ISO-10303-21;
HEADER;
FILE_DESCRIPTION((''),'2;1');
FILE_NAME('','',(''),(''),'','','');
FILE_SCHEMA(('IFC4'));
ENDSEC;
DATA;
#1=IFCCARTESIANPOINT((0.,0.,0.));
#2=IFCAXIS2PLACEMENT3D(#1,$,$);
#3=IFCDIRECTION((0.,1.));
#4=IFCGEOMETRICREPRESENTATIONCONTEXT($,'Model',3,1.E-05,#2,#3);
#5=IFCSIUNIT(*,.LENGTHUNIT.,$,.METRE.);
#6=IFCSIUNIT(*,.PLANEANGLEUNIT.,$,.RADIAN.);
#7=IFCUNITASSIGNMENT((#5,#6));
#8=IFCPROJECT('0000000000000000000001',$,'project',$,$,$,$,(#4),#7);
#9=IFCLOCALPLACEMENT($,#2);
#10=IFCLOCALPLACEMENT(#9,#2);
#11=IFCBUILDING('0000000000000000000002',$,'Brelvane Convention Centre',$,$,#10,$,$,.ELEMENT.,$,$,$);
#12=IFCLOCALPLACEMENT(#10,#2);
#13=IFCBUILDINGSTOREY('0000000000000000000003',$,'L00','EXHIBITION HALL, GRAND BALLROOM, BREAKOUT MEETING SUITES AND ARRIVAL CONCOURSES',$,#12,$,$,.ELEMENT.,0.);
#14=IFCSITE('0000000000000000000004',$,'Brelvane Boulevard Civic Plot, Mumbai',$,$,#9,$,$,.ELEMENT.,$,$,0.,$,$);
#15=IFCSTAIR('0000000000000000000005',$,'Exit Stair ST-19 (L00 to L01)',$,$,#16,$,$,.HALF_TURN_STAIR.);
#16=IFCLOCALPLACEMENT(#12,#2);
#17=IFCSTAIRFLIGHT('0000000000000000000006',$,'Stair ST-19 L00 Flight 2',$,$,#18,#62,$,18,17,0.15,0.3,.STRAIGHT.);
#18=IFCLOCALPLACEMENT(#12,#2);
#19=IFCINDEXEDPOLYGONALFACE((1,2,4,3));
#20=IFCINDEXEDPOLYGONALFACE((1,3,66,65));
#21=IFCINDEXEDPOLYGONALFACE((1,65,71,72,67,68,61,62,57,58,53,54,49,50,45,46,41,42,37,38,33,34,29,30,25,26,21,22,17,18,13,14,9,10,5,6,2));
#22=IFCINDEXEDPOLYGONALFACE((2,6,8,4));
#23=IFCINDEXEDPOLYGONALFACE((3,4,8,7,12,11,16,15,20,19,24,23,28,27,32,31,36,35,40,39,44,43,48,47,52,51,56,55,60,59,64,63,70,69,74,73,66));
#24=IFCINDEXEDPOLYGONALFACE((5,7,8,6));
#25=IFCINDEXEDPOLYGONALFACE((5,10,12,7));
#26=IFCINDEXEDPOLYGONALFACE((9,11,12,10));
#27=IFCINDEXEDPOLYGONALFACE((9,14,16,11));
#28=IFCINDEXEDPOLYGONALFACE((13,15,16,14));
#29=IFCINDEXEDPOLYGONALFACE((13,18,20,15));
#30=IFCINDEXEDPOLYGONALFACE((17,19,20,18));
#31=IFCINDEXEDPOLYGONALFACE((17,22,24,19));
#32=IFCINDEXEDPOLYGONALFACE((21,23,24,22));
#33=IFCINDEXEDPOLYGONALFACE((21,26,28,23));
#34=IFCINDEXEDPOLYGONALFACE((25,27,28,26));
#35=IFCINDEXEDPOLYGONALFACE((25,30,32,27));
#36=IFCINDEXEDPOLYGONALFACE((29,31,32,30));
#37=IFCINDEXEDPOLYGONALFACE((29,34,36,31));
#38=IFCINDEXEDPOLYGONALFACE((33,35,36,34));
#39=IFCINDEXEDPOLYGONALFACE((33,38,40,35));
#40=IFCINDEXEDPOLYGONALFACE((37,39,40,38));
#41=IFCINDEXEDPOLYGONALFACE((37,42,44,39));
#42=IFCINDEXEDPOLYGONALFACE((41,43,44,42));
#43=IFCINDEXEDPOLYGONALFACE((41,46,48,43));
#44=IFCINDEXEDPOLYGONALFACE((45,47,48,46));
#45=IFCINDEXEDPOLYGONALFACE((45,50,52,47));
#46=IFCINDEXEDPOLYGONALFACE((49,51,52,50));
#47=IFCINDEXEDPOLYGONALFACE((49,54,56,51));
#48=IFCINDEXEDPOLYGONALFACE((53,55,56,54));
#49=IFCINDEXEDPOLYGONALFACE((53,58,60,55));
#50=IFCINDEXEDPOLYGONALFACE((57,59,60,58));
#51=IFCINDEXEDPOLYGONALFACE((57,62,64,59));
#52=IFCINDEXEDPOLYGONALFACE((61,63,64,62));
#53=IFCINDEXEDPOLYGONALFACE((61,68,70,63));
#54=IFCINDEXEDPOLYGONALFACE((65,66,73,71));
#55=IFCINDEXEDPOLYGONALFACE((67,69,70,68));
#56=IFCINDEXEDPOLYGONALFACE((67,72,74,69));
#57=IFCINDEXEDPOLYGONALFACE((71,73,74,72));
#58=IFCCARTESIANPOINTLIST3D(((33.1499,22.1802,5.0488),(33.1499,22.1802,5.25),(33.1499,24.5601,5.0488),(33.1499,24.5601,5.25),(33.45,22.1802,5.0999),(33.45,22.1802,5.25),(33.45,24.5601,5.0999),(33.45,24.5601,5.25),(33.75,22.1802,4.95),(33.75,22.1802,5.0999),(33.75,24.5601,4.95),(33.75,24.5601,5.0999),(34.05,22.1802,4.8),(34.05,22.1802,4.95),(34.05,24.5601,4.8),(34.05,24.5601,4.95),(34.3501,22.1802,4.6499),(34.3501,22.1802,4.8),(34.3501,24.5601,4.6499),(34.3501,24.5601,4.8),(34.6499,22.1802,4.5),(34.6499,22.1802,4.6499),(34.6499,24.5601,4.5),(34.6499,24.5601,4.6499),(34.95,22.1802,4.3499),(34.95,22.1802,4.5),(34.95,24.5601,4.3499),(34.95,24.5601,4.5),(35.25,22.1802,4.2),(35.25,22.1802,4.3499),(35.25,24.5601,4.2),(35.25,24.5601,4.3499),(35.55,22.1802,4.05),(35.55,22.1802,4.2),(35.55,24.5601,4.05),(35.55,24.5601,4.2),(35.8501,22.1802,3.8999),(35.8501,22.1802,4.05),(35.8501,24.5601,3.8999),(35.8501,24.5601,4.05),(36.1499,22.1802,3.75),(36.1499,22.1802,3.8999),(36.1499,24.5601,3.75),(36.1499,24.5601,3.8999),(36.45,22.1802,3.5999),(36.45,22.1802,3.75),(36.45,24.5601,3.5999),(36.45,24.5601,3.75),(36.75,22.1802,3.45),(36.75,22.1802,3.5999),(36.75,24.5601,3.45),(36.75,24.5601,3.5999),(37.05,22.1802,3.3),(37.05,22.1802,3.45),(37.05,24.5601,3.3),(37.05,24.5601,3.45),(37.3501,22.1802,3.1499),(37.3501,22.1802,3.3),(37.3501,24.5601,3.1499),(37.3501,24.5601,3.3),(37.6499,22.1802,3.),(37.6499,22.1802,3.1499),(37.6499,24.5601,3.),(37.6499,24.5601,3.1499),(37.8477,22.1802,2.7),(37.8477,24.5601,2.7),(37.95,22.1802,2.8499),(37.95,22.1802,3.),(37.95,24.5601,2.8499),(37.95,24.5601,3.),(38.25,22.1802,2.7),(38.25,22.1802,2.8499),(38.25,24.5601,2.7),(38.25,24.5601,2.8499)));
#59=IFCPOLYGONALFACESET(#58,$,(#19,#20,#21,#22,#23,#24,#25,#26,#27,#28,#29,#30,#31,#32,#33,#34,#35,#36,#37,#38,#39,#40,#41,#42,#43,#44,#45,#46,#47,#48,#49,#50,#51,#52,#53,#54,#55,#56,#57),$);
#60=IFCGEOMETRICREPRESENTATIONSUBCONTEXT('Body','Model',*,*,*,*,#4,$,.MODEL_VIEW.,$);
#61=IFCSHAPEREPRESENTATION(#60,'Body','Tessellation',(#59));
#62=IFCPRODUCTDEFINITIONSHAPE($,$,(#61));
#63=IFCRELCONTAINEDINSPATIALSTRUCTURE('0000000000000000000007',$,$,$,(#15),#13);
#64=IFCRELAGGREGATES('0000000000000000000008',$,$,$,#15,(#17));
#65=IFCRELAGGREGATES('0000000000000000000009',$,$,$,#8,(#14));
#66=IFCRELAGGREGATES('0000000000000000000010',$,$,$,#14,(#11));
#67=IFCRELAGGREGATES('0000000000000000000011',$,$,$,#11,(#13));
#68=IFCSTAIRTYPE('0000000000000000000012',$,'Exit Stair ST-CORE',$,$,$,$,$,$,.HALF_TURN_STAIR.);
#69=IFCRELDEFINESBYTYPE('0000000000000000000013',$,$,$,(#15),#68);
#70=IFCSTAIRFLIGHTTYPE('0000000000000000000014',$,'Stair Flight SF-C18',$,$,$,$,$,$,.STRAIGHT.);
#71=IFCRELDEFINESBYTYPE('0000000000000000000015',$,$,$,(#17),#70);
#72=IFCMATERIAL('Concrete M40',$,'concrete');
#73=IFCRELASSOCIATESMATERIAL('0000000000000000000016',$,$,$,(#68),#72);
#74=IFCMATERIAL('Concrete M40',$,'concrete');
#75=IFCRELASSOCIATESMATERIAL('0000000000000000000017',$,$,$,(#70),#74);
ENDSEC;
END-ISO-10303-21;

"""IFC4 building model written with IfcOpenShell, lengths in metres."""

from ifc_helpers import new_model, si_unit, direction, frame, origin, place, context, subcontext, project, spatial, polyline, outline, extrude, material, type_object, element, aggregate, save


model = new_model("IFC4")

# Units and contexts
model_context = context("Model", 3, precision=1e-05, world=origin(), true_north=direction((0.0, 1.0)))
body_context = subcontext(model_context, "Body", "Model", "MODEL_VIEW")
ifc_project = project(units=[si_unit("LENGTHUNIT", "METRE"), si_unit("PLANEANGLEUNIT", "RADIAN")], contexts=[model_context])

# Site, building, storey
site_placement = place(None, origin())
site = spatial("IfcSite", under=ifc_project, at=site_placement, Name="Brelvane Boulevard Civic Plot, Mumbai", CompositionType="ELEMENT", RefElevation=0.0)
building_placement = place(site_placement, origin())
building = spatial("IfcBuilding", under=site, at=building_placement, Name="Brelvane Convention Centre", CompositionType="ELEMENT")
storey_placement = place(building_placement, origin())
storey = spatial("IfcBuildingStorey", under=building, at=storey_placement, Name="L00", Description="EXHIBITION HALL, GRAND BALLROOM, BREAKOUT MEETING SUITES AND ARRIVAL CONCOURSES", CompositionType="ELEMENT", Elevation=0.0)

# Stair, stair flight
ifc_material_1 = material(Name="Concrete M40", Category="concrete")
stair_type = type_object("IfcStairType", Name="Exit Stair ST-CORE", PredefinedType="HALF_TURN_STAIR", material=ifc_material_1)
stair_placement = place(storey_placement, origin())
stair = element("IfcStair", 1, at=stair_placement, inside=storey, type_object=stair_type, Name="Exit Stair ST-19 (L00 to L01)", PredefinedType="HALF_TURN_STAIR")
ifc_material_2 = material(Name="Concrete M40", Category="concrete")
stair_flight_type = type_object("IfcStairFlightType", Name="Stair Flight SF-C18", PredefinedType="STRAIGHT", material=ifc_material_2)
stair_flight_1_placement = place(storey_placement, frame((38.25, 23.3701, 2.7), z_axis=(0.0, 0.0, 1.0), x_axis=(-1.0, 0.0, 0.0)))
stair_flight_1 = element("IfcStairFlight", 2, at=stair_flight_1_placement, type_object=stair_flight_type, Name="Stair ST-19 L00 Flight 2", NumberOfRisers=18, NumberOfTreads=17, PredefinedType="STRAIGHT", RiserHeight=0.15, TreadLength=0.3, context=body_context, shape_type="SweptSolid", body=[
    extrude(outline(polyline([(0.0, 0.0), (0.0, 0.1499), (0.3, 0.1499), (0.3, 0.3), (0.6001, 0.3), (0.6001, 0.45), (0.8999, 0.45), (0.8999, 0.6001), (1.2, 0.6001), (1.2, 0.75), (1.5, 0.75), (1.5, 0.8999), (1.8, 0.8999), (1.8, 1.05), (2.1001, 1.05), (2.1001, 1.2), (2.3999, 1.2), (2.3999, 1.3501), (2.7, 1.3501), (2.7, 1.5), (3.0, 1.5), (3.0, 1.6499), (3.3, 1.6499), (3.3, 1.8), (3.6001, 1.8), (3.6001, 1.95), (3.8999, 1.95), (3.8999, 2.1001), (4.2, 2.1001), (4.2, 2.25), (4.5, 2.25), (4.5, 2.3999), (4.8, 2.3999), (4.8, 2.55), (5.1001, 2.55), (5.1001, 2.7), (5.1001, 2.3489), (0.4023, 0.0), (0.0, 0.0)])), frame((0.0, 1.1899, 0.0), z_axis=(0.0, -1.0, 0.0), x_axis=(1.0, 0.0, 0.0)), (0.0, 0.0, 1.0), 2.3799),
])
aggregate(stair, [stair_flight_1])

save(model, "model.ifc")
